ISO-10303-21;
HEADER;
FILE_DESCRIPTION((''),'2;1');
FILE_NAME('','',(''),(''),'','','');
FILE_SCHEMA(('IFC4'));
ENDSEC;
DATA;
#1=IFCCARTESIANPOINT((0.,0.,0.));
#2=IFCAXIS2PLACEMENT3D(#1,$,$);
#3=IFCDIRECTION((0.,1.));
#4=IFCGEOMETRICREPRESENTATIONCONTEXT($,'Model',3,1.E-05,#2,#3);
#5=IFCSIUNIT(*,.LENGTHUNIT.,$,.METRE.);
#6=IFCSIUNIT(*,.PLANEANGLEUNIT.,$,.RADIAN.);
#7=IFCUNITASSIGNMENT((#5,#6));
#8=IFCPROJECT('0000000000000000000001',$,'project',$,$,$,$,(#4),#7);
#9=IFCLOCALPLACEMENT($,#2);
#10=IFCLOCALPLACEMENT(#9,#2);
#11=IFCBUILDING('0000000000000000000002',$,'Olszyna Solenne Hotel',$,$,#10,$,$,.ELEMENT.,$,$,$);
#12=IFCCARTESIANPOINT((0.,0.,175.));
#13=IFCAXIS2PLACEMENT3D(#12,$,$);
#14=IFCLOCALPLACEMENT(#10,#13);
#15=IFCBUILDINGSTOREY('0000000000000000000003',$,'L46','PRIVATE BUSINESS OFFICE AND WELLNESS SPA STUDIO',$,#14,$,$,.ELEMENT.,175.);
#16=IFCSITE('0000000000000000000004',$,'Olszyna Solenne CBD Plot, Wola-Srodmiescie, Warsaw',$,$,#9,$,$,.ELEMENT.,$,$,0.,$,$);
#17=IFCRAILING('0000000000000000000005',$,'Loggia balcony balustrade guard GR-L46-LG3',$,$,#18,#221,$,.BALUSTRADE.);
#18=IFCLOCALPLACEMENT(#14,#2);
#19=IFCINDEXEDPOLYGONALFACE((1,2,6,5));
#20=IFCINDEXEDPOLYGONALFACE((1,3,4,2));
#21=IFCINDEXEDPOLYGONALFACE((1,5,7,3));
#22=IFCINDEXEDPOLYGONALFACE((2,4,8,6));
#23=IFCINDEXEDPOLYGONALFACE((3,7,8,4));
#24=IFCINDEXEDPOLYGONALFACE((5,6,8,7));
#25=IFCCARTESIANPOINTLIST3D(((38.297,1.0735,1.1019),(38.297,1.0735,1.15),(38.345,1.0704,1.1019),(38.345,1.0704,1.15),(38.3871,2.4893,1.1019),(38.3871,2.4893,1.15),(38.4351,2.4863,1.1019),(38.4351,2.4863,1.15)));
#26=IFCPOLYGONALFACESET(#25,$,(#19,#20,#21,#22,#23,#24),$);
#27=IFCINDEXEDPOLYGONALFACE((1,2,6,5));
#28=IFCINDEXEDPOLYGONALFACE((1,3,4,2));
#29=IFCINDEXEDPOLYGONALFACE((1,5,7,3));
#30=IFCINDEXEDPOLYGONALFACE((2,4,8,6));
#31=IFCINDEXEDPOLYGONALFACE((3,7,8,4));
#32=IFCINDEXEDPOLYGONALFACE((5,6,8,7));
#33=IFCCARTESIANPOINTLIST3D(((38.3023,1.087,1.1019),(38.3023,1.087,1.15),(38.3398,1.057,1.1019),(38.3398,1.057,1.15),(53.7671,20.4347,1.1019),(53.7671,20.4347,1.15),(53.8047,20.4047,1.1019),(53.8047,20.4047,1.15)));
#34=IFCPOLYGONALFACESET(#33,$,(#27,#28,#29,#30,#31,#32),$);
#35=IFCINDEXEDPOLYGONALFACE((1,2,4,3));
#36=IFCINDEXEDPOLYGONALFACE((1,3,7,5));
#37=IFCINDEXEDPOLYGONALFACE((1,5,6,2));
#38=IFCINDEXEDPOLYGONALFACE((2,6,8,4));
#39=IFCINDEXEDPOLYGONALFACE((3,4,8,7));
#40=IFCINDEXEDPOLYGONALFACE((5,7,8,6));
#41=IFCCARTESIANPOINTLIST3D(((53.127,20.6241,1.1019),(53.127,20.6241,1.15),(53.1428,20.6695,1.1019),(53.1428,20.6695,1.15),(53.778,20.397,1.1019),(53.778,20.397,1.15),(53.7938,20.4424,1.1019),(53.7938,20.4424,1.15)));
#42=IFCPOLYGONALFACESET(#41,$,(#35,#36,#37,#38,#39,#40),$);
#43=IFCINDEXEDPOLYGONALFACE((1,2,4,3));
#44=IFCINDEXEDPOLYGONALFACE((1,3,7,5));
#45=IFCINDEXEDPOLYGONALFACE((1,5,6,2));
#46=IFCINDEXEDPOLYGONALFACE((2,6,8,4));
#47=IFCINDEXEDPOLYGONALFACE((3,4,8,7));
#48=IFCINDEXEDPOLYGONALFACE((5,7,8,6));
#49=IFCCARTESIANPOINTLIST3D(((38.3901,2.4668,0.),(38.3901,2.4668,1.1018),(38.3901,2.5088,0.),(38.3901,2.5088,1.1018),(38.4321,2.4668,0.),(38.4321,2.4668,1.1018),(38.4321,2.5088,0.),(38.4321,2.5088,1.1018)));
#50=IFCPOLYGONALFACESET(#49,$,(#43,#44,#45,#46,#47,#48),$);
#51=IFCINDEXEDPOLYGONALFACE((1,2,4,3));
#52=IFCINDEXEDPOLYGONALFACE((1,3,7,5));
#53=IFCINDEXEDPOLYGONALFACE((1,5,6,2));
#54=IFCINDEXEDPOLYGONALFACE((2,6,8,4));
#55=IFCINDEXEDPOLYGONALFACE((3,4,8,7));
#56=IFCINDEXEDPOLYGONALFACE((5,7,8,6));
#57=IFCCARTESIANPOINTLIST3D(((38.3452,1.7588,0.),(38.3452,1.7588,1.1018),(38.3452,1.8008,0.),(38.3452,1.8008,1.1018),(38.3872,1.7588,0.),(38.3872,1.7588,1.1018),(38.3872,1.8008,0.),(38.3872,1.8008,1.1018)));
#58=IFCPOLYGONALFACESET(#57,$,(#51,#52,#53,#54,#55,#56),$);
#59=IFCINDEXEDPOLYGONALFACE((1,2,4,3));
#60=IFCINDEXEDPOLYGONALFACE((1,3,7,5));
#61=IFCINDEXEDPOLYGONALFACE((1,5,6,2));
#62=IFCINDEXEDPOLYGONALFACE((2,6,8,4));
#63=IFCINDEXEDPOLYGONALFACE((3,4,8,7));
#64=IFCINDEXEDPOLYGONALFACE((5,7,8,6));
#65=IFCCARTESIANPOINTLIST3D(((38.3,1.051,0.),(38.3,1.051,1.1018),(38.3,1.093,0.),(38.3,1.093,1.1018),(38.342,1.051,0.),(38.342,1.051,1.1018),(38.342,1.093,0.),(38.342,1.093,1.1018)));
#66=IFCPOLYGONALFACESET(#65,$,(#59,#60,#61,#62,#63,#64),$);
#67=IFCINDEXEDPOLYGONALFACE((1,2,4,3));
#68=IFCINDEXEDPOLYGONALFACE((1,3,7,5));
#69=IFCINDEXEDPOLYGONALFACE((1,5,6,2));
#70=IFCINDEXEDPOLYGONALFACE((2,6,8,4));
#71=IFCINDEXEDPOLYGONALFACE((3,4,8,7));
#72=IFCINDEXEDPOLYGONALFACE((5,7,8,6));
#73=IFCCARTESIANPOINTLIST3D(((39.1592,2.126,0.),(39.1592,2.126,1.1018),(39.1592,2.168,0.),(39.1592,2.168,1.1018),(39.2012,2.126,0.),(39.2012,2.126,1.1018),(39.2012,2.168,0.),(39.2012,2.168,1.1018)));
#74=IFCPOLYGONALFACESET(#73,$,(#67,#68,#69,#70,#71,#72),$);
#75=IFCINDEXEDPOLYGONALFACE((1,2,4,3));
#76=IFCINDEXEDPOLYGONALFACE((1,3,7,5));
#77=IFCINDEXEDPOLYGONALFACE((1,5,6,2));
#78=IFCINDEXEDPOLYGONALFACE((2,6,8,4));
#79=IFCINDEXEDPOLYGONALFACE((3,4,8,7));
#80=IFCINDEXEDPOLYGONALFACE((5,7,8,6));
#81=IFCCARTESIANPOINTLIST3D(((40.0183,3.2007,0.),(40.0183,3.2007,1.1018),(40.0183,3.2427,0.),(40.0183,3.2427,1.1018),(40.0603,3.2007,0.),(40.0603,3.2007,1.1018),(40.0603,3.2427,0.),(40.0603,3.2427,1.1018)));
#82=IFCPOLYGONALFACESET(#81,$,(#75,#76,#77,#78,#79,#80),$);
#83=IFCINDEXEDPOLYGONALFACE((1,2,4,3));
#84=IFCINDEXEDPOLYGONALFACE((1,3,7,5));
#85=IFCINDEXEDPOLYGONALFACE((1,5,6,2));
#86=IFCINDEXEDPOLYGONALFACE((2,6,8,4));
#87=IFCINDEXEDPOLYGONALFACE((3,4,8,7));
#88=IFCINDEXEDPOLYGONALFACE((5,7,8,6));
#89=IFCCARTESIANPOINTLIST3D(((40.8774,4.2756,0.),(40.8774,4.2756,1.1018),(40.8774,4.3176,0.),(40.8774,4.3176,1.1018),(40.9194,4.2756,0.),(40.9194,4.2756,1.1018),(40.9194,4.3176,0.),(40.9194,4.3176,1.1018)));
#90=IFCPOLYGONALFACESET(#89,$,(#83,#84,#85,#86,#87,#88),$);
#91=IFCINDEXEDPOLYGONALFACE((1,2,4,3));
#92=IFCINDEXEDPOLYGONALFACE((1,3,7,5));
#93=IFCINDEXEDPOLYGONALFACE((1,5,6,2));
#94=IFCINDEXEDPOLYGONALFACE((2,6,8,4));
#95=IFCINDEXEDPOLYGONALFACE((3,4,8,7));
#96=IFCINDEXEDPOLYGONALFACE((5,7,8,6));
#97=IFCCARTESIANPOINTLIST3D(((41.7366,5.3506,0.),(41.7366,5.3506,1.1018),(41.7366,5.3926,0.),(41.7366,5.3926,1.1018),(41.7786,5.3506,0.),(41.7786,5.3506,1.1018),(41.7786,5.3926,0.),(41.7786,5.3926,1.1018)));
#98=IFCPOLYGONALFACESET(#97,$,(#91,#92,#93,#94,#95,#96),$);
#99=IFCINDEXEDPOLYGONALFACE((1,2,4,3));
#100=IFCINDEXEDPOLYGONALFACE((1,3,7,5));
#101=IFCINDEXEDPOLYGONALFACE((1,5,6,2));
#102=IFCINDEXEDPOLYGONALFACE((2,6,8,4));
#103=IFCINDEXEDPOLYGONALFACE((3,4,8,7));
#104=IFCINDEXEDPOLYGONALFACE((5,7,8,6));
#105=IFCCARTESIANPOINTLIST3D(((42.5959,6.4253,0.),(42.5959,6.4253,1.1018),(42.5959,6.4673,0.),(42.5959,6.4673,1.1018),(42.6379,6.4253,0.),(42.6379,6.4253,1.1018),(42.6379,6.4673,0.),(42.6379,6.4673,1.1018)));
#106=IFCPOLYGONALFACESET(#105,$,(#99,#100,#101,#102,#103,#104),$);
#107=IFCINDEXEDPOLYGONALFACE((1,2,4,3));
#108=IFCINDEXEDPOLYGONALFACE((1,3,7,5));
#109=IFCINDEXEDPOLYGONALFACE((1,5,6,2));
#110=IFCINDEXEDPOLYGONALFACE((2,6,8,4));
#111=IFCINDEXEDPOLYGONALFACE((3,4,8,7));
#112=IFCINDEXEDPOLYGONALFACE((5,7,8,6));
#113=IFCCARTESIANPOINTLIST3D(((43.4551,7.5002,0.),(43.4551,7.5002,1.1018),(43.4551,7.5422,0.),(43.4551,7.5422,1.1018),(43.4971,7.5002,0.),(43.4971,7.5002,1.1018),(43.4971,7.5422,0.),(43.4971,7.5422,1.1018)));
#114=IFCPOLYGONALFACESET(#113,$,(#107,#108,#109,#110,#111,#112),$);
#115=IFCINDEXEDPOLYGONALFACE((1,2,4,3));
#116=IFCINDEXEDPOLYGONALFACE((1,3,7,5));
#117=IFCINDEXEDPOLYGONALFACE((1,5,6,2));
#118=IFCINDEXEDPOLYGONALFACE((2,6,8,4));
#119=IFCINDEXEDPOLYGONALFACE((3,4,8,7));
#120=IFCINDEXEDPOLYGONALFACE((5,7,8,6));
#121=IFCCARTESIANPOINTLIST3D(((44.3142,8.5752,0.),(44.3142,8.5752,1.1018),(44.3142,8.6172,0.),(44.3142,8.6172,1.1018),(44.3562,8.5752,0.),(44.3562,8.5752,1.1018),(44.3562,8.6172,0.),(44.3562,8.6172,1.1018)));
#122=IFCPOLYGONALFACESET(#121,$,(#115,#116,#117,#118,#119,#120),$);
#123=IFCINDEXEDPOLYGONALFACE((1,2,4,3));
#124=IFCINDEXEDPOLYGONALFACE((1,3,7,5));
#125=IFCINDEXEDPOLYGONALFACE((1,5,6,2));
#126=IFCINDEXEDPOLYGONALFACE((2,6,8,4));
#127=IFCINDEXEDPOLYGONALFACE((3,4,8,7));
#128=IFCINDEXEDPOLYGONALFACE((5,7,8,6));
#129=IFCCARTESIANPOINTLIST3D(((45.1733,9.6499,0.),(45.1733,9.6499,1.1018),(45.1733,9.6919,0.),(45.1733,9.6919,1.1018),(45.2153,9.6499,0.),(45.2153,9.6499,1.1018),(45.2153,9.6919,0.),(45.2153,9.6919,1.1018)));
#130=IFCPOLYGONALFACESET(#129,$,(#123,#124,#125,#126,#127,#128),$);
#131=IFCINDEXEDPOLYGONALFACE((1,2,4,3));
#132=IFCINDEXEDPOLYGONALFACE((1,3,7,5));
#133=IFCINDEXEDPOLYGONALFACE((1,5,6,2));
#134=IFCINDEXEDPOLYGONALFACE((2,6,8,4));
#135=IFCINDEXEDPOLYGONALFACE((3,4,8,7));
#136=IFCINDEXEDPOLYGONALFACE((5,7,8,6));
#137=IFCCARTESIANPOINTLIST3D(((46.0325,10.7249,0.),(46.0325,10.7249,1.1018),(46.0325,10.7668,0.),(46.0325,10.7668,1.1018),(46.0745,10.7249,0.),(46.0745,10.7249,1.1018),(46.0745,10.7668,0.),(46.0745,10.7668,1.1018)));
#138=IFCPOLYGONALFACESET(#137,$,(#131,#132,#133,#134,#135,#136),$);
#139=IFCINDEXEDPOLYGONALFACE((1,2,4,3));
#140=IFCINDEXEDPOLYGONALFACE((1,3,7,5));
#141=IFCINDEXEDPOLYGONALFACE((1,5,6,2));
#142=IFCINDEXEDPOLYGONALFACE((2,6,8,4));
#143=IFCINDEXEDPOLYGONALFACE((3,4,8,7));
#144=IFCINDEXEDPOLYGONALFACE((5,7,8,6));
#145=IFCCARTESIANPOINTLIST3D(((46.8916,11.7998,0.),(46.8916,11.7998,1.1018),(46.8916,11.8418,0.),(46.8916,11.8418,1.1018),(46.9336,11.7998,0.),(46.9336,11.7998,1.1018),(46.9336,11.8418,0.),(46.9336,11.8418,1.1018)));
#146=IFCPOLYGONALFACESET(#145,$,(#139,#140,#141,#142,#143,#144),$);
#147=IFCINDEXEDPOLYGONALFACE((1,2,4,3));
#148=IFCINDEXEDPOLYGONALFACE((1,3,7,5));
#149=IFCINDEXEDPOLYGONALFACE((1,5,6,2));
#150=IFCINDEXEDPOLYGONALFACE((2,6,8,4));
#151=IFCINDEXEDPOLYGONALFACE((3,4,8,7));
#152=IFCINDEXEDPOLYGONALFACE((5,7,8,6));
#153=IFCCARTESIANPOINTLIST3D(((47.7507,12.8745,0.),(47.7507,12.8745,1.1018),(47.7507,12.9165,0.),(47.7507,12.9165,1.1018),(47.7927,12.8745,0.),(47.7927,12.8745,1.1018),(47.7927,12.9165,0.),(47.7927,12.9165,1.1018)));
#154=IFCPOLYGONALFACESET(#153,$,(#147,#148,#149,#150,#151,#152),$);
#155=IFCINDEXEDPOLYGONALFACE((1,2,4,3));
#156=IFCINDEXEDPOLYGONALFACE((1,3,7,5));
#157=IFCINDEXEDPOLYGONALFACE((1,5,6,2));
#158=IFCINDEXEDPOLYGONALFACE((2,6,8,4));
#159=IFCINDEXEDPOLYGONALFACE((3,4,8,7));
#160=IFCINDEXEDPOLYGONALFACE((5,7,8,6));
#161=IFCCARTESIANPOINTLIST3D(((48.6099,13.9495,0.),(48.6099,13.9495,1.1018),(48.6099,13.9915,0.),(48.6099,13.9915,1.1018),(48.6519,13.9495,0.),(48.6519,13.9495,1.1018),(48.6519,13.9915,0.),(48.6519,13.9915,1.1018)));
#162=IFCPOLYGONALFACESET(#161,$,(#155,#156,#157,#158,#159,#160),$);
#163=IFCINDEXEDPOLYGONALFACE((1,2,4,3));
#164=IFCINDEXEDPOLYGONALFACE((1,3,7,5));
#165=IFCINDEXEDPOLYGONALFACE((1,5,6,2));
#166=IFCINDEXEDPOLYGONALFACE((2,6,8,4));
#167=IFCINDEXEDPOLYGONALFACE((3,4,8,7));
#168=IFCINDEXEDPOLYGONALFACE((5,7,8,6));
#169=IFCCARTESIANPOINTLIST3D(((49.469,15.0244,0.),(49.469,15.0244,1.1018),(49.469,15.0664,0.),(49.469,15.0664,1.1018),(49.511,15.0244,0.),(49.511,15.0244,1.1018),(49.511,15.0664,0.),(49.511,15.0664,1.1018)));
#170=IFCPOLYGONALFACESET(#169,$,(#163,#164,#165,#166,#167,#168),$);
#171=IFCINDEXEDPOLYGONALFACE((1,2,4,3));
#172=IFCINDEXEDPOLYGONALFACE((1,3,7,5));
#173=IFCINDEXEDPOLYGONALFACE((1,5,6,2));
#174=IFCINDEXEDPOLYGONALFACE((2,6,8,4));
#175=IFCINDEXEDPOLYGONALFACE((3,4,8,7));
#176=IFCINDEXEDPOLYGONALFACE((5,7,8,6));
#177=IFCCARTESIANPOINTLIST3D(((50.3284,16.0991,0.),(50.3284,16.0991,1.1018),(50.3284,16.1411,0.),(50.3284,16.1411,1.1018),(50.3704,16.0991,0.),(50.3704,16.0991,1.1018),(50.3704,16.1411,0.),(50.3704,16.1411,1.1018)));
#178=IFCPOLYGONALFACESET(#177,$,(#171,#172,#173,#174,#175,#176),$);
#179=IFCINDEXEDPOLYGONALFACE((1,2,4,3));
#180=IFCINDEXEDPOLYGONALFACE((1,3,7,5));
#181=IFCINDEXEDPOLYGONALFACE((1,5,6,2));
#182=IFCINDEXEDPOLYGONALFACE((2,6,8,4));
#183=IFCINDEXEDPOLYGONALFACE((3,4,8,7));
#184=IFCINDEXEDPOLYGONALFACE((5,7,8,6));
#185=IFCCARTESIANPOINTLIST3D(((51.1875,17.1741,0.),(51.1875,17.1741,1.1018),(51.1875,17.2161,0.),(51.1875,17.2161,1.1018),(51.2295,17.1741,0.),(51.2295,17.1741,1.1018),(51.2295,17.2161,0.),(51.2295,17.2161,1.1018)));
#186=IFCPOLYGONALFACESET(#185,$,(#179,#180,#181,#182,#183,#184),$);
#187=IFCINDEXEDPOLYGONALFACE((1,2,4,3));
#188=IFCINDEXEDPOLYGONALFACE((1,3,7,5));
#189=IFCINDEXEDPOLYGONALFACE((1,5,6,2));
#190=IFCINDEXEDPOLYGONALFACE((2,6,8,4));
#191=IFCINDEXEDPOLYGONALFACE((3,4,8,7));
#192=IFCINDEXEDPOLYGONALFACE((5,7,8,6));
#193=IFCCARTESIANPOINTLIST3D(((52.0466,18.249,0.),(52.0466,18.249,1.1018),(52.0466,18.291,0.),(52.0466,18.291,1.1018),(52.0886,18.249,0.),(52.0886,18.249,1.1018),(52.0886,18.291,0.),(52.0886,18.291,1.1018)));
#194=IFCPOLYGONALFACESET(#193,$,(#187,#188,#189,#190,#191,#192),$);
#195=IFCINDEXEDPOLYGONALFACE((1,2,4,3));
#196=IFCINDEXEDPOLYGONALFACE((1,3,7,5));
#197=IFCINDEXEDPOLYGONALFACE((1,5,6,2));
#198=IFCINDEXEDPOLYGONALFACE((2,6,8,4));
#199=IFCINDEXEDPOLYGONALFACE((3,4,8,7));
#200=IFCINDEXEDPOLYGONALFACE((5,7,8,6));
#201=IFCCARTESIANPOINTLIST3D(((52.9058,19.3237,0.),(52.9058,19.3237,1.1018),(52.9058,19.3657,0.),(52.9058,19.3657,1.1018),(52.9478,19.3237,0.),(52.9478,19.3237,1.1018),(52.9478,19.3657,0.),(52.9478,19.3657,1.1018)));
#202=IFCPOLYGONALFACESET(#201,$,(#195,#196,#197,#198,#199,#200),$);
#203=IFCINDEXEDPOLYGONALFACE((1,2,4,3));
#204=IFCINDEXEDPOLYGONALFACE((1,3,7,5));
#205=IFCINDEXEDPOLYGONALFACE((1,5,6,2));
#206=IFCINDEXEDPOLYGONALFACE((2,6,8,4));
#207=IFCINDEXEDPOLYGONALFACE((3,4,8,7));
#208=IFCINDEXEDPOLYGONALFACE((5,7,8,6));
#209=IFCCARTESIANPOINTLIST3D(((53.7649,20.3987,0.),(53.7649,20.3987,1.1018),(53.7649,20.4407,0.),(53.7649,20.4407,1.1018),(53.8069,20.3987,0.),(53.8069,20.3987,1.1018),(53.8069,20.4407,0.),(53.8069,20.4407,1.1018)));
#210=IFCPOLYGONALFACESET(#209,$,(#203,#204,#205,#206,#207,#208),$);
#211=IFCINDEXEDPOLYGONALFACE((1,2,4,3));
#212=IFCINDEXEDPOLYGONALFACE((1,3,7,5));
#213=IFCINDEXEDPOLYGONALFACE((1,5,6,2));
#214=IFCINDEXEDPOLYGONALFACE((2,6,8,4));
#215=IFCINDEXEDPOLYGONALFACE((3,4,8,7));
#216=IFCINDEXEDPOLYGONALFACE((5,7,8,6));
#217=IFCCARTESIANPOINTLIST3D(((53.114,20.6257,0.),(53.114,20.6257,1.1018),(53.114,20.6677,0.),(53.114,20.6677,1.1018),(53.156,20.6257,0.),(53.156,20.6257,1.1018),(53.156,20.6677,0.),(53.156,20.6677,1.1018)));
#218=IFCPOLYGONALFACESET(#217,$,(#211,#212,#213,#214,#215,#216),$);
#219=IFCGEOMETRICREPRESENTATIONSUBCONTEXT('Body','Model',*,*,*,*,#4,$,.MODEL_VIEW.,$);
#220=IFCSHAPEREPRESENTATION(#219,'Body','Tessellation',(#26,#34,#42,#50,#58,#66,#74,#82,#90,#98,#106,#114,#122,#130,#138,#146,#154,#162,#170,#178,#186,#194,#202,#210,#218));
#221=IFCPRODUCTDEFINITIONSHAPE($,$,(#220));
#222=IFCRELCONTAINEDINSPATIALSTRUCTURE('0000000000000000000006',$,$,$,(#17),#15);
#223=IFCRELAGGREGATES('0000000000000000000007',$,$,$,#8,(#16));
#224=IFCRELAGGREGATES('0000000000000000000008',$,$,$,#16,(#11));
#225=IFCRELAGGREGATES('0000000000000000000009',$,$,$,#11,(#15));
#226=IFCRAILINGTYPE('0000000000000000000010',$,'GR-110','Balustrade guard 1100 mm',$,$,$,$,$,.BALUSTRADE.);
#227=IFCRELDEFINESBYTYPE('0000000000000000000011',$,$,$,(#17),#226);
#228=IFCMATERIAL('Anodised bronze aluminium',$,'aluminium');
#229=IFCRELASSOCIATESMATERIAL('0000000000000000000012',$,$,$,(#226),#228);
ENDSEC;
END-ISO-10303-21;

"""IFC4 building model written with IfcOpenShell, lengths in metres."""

from ifc_helpers import new_model, si_unit, direction, frame, origin, origin_2d, place, context, subcontext, project, spatial, rectangle, extrude, material, type_object, element, save


model = new_model("IFC4")

# Units and contexts
model_context = context("Model", 3, precision=1e-05, world=origin(), true_north=direction((0.0, 1.0)))
body_context = subcontext(model_context, "Body", "Model", "MODEL_VIEW")
ifc_project = project(units=[si_unit("LENGTHUNIT", "METRE"), si_unit("PLANEANGLEUNIT", "RADIAN")], contexts=[model_context])

# Site, building, storey
site_placement = place(None, origin())
site = spatial("IfcSite", under=ifc_project, at=site_placement, Name="Olszyna Solenne CBD Plot, Wola-Srodmiescie, Warsaw", CompositionType="ELEMENT", RefElevation=0.0)
building_placement = place(site_placement, origin())
building = spatial("IfcBuilding", under=site, at=building_placement, Name="Olszyna Solenne Hotel", CompositionType="ELEMENT")
storey_placement = place(building_placement, frame((0.0, 0.0, 175.0)))
storey = spatial("IfcBuildingStorey", under=building, at=storey_placement, Name="L46", Description="PRIVATE BUSINESS OFFICE AND WELLNESS SPA STUDIO", CompositionType="ELEMENT", Elevation=175.0)

# Railing
ifc_material_1 = material(Name="Anodised bronze aluminium", Category="aluminium")
railing_type = type_object("IfcRailingType", Name="GR-110", Description="Balustrade guard 1100 mm", PredefinedType="BALUSTRADE", material=ifc_material_1)
railing_placement = place(storey_placement, frame((38.4111, 2.4878, 0.0)))
element("IfcRailing", 1, at=railing_placement, inside=storey, type_object=railing_type, Name="Loggia balcony balustrade guard GR-L46-LG3", PredefinedType="BALUSTRADE", context=body_context, shape_type="SweptSolid", body=[
    extrude(rectangle(XDim=0.0481, YDim=0.0481, at=origin_2d()), frame((0.0, 0.0, 1.126), z_axis=(-0.063503, -0.997982, 0.0), x_axis=(0.997982, -0.063503, 0.0)), (0.0, 0.0, 1.0), 1.4187),
    extrude(rectangle(XDim=0.0481, YDim=0.0481, at=origin_2d()), frame((-0.0901, -1.4158, 1.126), z_axis=(0.624368, 0.78113, 0.0), x_axis=(-0.78113, 0.624368, 0.0)), (0.0, 0.0, 1.0), 24.7688),
    extrude(rectangle(XDim=0.0481, YDim=0.0481, at=origin_2d()), frame((15.3748, 17.9319, 1.126), z_axis=(-0.9442, 0.329372, 0.0), x_axis=(-0.329372, -0.9442, 0.0)), (0.0, 0.0, 1.0), 0.6895),
    extrude(rectangle(XDim=0.042, YDim=0.042, at=origin_2d()), origin(), (0.0, 0.0, 1.0), 1.1018),
    extrude(rectangle(XDim=0.042, YDim=0.042, at=origin_2d()), frame((-0.0449, -0.708, 0.0)), (0.0, 0.0, 1.0), 1.1018),
    extrude(rectangle(XDim=0.042, YDim=0.042, at=origin_2d()), frame((-0.0901, -1.4158, 0.0)), (0.0, 0.0, 1.0), 1.1018),
    extrude(rectangle(XDim=0.042, YDim=0.042, at=origin_2d()), frame((0.769, -0.3408, 0.0)), (0.0, 0.0, 1.0), 1.1018),
    extrude(rectangle(XDim=0.042, YDim=0.042, at=origin_2d()), frame((1.6282, 0.7339, 0.0)), (0.0, 0.0, 1.0), 1.1018),
    extrude(rectangle(XDim=0.042, YDim=0.042, at=origin_2d()), frame((2.4873, 1.8088, 0.0)), (0.0, 0.0, 1.0), 1.1018),
    extrude(rectangle(XDim=0.042, YDim=0.042, at=origin_2d()), frame((3.3464, 2.8838, 0.0)), (0.0, 0.0, 1.0), 1.1018),
    extrude(rectangle(XDim=0.042, YDim=0.042, at=origin_2d()), frame((4.2058, 3.9585, 0.0)), (0.0, 0.0, 1.0), 1.1018),
    extrude(rectangle(XDim=0.042, YDim=0.042, at=origin_2d()), frame((5.0649, 5.0334, 0.0)), (0.0, 0.0, 1.0), 1.1018),
    extrude(rectangle(XDim=0.042, YDim=0.042, at=origin_2d()), frame((5.9241, 6.1084, 0.0)), (0.0, 0.0, 1.0), 1.1018),
    extrude(rectangle(XDim=0.042, YDim=0.042, at=origin_2d()), frame((6.7832, 7.1831, 0.0)), (0.0, 0.0, 1.0), 1.1018),
    extrude(rectangle(XDim=0.042, YDim=0.042, at=origin_2d()), frame((7.6423, 8.2581, 0.0)), (0.0, 0.0, 1.0), 1.1018),
    extrude(rectangle(XDim=0.042, YDim=0.042, at=origin_2d()), frame((8.5015, 9.333, 0.0)), (0.0, 0.0, 1.0), 1.1018),
    extrude(rectangle(XDim=0.042, YDim=0.042, at=origin_2d()), frame((9.3606, 10.4077, 0.0)), (0.0, 0.0, 1.0), 1.1018),
    extrude(rectangle(XDim=0.042, YDim=0.042, at=origin_2d()), frame((10.2197, 11.4827, 0.0)), (0.0, 0.0, 1.0), 1.1018),
    extrude(rectangle(XDim=0.042, YDim=0.042, at=origin_2d()), frame((11.0789, 12.5576, 0.0)), (0.0, 0.0, 1.0), 1.1018),
    extrude(rectangle(XDim=0.042, YDim=0.042, at=origin_2d()), frame((11.9382, 13.6323, 0.0)), (0.0, 0.0, 1.0), 1.1018),
    extrude(rectangle(XDim=0.042, YDim=0.042, at=origin_2d()), frame((12.7974, 14.7073, 0.0)), (0.0, 0.0, 1.0), 1.1018),
    extrude(rectangle(XDim=0.042, YDim=0.042, at=origin_2d()), frame((13.6565, 15.7822, 0.0)), (0.0, 0.0, 1.0), 1.1018),
    extrude(rectangle(XDim=0.042, YDim=0.042, at=origin_2d()), frame((14.5156, 16.8569, 0.0)), (0.0, 0.0, 1.0), 1.1018),
    extrude(rectangle(XDim=0.042, YDim=0.042, at=origin_2d()), frame((15.3748, 17.9319, 0.0)), (0.0, 0.0, 1.0), 1.1018),
    extrude(rectangle(XDim=0.042, YDim=0.042, at=origin_2d()), frame((14.7239, 18.1589, 0.0)), (0.0, 0.0, 1.0), 1.1018),
])

save(model, "model.ifc")
